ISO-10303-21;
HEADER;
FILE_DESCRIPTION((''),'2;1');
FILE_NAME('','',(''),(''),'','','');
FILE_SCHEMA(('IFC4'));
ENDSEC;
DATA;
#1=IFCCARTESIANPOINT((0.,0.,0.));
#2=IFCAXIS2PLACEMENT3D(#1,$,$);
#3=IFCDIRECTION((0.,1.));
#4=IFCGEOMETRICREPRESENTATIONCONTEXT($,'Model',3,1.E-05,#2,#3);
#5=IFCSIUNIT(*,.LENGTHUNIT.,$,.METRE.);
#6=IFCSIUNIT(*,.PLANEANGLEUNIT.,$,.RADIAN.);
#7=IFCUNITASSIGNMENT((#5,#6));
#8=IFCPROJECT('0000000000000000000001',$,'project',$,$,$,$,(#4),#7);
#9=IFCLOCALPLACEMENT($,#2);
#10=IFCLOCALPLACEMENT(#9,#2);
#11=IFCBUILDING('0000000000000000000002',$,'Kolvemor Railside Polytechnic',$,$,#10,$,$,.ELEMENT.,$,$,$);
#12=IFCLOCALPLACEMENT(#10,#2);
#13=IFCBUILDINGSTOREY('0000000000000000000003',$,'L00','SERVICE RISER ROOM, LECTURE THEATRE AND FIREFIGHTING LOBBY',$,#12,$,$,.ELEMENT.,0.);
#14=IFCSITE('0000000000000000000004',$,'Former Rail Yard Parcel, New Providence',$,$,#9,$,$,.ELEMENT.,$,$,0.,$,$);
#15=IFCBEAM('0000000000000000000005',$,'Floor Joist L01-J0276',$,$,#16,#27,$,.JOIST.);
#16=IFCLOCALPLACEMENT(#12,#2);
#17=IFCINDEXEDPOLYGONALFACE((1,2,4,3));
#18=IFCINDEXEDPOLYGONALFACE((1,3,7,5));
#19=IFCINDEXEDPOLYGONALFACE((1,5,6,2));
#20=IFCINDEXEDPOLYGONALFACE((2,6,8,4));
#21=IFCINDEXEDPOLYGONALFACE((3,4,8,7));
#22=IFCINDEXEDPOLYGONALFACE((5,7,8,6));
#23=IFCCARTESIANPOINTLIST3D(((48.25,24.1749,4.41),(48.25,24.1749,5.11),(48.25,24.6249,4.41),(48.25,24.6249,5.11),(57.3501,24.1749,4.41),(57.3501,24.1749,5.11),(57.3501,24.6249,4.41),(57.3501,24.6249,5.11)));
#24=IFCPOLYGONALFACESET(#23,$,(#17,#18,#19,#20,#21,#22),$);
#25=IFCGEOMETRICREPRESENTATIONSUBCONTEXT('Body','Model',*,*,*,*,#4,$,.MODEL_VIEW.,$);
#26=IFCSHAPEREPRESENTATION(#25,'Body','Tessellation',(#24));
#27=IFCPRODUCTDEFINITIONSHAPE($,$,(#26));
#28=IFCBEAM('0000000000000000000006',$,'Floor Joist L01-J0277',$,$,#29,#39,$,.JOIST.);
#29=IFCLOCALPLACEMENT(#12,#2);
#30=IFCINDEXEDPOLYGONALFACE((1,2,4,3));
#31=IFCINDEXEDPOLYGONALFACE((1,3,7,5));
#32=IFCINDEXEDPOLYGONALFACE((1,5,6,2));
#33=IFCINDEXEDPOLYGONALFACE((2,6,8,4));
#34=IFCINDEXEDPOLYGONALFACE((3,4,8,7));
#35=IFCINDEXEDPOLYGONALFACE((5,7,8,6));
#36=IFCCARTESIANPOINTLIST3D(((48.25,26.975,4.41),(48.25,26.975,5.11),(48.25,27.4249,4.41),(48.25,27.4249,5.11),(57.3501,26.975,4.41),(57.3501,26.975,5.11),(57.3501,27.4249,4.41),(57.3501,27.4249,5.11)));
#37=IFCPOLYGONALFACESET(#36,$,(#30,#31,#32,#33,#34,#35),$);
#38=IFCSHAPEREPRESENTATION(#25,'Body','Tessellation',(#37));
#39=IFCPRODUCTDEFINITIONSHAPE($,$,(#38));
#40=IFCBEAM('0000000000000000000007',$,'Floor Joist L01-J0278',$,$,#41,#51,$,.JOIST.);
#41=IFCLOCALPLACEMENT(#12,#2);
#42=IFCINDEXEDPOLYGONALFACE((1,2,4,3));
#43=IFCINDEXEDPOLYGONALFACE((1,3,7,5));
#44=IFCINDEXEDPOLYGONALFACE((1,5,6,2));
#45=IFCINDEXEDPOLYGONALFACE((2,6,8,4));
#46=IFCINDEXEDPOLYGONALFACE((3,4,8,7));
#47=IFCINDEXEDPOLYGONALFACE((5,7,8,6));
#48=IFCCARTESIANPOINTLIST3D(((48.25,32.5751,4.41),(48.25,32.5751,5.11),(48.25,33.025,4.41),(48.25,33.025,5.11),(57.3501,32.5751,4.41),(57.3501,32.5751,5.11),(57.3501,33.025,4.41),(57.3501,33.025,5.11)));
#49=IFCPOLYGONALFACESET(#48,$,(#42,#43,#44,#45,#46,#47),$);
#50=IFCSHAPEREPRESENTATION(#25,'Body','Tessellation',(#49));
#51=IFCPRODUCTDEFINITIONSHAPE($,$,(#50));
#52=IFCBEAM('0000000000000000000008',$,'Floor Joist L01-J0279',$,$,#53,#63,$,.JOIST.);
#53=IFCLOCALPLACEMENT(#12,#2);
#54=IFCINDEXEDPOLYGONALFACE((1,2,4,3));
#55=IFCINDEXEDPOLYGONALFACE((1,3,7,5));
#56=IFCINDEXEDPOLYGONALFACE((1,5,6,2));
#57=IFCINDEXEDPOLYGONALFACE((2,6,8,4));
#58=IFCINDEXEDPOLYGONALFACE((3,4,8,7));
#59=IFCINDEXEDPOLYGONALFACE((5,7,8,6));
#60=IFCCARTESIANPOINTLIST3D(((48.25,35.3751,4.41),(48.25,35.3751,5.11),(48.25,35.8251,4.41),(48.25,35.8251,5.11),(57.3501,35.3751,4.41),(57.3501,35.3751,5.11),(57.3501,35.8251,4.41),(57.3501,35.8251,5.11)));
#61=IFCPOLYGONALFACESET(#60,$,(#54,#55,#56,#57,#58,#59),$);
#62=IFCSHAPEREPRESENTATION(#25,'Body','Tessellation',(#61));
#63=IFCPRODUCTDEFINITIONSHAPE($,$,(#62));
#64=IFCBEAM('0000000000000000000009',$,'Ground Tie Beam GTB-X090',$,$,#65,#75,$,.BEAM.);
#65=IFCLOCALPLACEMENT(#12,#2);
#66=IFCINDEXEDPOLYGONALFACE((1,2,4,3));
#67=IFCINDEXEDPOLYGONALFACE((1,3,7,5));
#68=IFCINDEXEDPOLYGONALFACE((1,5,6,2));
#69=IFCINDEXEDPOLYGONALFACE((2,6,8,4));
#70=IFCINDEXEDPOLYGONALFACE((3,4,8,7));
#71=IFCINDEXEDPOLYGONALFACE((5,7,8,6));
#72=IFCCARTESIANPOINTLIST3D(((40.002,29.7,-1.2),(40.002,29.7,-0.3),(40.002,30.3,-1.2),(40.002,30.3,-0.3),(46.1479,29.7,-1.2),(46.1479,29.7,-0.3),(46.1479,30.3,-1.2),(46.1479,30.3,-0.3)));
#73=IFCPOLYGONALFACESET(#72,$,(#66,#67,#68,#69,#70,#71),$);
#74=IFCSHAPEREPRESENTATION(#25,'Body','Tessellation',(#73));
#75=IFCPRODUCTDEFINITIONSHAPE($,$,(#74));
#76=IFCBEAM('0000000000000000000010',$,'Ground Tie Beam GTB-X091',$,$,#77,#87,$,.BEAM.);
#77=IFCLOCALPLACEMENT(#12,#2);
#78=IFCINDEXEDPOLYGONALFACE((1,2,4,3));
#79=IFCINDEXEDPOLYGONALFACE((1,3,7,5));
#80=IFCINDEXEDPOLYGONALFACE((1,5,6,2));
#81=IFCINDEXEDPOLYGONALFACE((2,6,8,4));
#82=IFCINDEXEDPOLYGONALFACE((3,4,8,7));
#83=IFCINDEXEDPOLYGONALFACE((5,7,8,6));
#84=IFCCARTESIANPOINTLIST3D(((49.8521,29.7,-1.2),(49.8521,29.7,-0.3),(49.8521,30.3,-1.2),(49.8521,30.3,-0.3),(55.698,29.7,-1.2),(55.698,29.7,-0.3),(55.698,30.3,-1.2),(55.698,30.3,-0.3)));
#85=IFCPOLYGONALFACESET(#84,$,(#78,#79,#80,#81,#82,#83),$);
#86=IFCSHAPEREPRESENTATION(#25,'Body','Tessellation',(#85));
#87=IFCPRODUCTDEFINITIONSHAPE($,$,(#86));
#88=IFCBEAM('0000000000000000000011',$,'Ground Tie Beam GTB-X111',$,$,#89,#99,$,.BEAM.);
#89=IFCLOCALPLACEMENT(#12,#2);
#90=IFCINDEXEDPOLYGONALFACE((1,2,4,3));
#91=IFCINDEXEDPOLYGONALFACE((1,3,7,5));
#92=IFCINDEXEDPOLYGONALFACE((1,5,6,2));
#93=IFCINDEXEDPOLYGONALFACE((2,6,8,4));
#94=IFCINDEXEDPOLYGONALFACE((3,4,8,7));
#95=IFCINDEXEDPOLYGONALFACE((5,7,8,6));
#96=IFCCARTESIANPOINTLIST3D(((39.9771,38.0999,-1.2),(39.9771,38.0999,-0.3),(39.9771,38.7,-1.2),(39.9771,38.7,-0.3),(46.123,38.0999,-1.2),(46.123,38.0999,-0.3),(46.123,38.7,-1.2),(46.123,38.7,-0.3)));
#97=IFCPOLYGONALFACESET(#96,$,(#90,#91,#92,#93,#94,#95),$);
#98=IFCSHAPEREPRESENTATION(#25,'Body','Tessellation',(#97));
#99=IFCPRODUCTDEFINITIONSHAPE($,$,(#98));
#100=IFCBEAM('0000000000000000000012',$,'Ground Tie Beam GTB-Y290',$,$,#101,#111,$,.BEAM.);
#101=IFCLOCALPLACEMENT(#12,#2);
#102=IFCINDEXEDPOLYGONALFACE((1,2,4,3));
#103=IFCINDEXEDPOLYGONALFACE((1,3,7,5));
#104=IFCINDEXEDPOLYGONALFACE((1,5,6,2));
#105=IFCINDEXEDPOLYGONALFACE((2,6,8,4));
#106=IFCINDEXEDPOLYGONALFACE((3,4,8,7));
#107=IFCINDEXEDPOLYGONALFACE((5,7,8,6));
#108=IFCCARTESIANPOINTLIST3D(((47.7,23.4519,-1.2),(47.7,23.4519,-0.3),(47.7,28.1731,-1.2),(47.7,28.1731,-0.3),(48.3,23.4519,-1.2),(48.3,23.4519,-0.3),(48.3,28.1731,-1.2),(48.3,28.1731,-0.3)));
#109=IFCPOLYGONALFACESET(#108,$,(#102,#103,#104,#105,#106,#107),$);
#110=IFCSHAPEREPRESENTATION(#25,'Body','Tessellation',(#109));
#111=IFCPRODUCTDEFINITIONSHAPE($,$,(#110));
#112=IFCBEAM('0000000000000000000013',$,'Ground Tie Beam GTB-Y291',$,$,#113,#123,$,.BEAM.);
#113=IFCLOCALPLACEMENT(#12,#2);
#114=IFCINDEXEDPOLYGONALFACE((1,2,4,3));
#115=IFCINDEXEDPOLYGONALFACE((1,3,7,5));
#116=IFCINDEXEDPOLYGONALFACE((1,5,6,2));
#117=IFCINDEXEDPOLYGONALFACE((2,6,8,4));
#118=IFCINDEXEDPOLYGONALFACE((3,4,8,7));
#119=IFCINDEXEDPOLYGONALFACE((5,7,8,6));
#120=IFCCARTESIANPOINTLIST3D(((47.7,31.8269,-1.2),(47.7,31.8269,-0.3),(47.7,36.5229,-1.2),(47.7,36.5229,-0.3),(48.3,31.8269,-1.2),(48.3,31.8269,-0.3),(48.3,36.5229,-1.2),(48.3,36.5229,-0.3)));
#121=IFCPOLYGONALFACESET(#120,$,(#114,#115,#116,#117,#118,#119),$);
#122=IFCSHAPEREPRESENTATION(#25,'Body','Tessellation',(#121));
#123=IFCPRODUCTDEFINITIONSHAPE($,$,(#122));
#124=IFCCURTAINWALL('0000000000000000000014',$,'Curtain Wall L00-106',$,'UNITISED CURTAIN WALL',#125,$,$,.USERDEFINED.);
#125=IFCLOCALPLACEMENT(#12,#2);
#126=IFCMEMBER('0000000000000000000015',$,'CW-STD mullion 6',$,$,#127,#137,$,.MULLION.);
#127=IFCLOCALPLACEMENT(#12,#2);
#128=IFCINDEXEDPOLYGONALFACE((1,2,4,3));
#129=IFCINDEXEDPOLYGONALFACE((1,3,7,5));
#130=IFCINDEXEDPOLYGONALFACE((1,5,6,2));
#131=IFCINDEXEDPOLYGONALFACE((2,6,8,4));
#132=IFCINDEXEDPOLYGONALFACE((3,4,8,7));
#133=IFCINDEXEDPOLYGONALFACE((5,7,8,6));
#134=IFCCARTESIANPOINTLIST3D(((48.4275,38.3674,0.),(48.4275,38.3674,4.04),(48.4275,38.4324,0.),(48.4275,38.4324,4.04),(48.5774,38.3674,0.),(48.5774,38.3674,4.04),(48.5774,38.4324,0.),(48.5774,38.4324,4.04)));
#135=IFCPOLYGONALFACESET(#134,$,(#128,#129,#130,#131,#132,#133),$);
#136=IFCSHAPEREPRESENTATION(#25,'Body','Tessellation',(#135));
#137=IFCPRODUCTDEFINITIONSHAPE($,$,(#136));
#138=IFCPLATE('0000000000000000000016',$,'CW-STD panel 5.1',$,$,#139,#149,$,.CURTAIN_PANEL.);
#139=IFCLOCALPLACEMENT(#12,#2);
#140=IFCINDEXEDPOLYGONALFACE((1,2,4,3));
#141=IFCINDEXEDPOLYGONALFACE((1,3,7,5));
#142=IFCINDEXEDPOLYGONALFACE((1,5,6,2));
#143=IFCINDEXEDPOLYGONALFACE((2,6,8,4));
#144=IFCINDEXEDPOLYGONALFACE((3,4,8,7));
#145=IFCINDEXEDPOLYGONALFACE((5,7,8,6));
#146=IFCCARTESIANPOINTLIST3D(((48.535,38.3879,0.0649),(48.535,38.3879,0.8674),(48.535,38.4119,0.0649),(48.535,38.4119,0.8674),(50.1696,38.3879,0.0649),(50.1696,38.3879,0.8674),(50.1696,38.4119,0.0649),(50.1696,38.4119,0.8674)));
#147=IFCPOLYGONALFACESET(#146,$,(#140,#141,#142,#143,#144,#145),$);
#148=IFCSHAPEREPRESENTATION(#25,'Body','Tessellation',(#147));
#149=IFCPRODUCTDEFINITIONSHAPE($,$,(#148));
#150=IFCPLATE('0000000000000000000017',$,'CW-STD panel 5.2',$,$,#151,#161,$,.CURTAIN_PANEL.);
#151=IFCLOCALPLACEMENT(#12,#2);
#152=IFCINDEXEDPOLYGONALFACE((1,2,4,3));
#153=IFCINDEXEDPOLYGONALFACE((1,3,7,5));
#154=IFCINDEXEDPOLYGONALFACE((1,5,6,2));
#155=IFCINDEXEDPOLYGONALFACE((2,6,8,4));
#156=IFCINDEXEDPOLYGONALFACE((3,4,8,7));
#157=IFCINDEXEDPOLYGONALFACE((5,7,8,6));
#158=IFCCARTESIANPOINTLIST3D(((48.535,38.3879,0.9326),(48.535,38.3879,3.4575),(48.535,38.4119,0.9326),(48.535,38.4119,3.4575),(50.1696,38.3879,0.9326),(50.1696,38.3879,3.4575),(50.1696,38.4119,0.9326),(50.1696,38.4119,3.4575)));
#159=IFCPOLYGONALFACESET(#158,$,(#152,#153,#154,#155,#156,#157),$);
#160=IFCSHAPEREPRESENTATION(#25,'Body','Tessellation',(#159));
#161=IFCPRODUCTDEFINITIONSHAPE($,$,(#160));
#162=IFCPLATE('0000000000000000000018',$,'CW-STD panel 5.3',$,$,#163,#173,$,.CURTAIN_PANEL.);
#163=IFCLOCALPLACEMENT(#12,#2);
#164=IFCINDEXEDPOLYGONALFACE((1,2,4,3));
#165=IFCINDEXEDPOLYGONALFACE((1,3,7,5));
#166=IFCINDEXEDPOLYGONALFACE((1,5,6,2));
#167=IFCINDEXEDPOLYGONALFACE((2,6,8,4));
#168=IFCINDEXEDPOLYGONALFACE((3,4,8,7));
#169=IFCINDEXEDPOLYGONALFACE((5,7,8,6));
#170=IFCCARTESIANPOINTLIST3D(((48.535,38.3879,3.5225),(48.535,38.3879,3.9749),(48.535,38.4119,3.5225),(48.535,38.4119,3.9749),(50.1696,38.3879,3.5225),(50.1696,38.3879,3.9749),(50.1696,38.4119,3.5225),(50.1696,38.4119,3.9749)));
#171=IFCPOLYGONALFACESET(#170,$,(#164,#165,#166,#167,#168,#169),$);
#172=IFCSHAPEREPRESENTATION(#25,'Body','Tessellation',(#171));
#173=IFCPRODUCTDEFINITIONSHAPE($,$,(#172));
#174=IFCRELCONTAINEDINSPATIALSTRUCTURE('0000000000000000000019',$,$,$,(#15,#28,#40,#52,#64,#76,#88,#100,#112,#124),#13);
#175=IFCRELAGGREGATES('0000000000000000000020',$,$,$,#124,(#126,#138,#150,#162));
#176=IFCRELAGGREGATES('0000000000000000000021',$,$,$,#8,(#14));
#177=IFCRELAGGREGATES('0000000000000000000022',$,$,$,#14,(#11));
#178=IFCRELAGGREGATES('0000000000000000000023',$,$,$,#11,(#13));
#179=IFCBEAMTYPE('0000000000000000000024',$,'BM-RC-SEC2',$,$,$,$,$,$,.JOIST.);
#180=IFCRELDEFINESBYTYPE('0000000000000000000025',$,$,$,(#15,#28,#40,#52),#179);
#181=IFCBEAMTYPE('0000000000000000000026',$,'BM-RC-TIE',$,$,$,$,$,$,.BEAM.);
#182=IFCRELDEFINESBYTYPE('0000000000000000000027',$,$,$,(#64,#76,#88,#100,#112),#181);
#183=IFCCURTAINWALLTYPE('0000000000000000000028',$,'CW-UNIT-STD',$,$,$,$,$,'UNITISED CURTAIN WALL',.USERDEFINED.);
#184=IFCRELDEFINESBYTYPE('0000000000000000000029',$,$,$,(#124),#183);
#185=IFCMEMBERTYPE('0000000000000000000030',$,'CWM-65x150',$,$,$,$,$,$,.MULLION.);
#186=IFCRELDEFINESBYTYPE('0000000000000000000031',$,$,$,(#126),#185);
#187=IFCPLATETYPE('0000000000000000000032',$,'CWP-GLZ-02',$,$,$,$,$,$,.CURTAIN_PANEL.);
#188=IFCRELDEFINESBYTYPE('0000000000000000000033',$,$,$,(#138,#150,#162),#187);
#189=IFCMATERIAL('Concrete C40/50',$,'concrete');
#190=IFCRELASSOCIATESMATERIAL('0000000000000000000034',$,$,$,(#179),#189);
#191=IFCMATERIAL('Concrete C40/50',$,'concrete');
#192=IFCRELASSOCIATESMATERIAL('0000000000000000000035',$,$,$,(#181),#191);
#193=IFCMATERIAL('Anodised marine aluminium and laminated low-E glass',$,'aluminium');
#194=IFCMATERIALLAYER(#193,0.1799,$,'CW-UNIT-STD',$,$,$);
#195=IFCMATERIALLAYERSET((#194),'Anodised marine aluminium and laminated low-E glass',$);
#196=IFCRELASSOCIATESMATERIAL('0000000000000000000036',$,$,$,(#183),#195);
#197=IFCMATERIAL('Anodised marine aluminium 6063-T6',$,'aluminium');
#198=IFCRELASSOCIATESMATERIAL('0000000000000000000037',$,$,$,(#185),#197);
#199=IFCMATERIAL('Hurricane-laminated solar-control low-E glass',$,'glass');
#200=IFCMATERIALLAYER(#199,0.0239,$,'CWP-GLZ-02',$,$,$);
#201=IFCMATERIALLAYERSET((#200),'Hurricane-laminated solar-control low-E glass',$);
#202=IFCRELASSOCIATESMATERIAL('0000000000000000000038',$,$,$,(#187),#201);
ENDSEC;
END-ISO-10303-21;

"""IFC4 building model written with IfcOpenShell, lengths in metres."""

from ifc_helpers import new_model, si_unit, direction, frame, origin, origin_2d, place, context, subcontext, project, spatial, rectangle, extrude, material, layer, layer_set, material_profile, profile_set, type_object, element, aggregate, save


model = new_model("IFC4")

# Units and contexts
model_context = context("Model", 3, precision=1e-05, world=origin(), true_north=direction((0.0, 1.0)))
body_context = subcontext(model_context, "Body", "Model", "MODEL_VIEW")
ifc_project = project(units=[si_unit("LENGTHUNIT", "METRE"), si_unit("PLANEANGLEUNIT", "RADIAN")], contexts=[model_context])

# Site, building, storey
site_placement = place(None, origin())
site = spatial("IfcSite", under=ifc_project, at=site_placement, Name="Former Rail Yard Parcel, New Providence", CompositionType="ELEMENT", RefElevation=0.0)
building_placement = place(site_placement, origin())
building = spatial("IfcBuilding", under=site, at=building_placement, Name="Kolvemor Railside Polytechnic", CompositionType="ELEMENT")
storey_placement = place(building_placement, origin())
storey = spatial("IfcBuildingStorey", under=building, at=storey_placement, Name="L00", Description="SERVICE RISER ROOM, LECTURE THEATRE AND FIREFIGHTING LOBBY", CompositionType="ELEMENT", Elevation=0.0)

# Beams
ifc_material_1 = material(Name="Concrete C40/50", Category="concrete")
ifc_material_profile_1 = material_profile(ifc_material_1, rectangle(XDim=0.45, YDim=0.7, at=origin_2d()), Name="RC450x700")
ifc_profile_set_1 = profile_set([ifc_material_profile_1], Name="Concrete C40/50")
beam_type_1 = type_object("IfcBeamType", Name="BM-RC-SEC2", PredefinedType="JOIST", material=ifc_profile_set_1)
for number, where, z_axis, x_axis, name in (
    (1, (48.25, 24.3999, 4.76), (1.0, 0.0, 0.0), (0.0, 1.0, 0.0), "Floor Joist L01-J0276"),
    (2, (48.25, 27.2, 4.76), (1.0, 0.0, 0.0), (0.0, 1.0, 0.0), "Floor Joist L01-J0277"),
    (3, (48.25, 32.8, 4.76), (1.0, 0.0, 0.0), (0.0, 1.0, 0.0), "Floor Joist L01-J0278"),
    (4, (48.25, 35.6001, 4.76), (1.0, 0.0, 0.0), (0.0, 1.0, 0.0), "Floor Joist L01-J0279"),
):
    element("IfcBeam", number, at=place(storey_placement, frame(where, z_axis=z_axis, x_axis=x_axis)), inside=storey, type_object=beam_type_1, Name=name, PredefinedType="JOIST", context=body_context, shape_type="SweptSolid", body=[
        extrude(rectangle(XDim=0.45, YDim=0.7, at=origin_2d()), origin(), (0.0, 0.0, 1.0), 9.1001),
    ])
ifc_material_2 = material(Name="Concrete C40/50", Category="concrete")
ifc_material_profile_2 = material_profile(ifc_material_2, rectangle(XDim=0.6001, YDim=0.8999, at=origin_2d()), Name="RC600x900")
ifc_profile_set_2 = profile_set([ifc_material_profile_2], Name="Concrete C40/50")
beam_type_2 = type_object("IfcBeamType", Name="BM-RC-TIE", PredefinedType="BEAM", material=ifc_profile_set_2)
beam_1_placement = place(storey_placement, frame((40.002, 30.0, -0.75), z_axis=(1.0, 0.0, 0.0), x_axis=(0.0, 1.0, 0.0)))
element("IfcBeam", 5, at=beam_1_placement, inside=storey, type_object=beam_type_2, Name="Ground Tie Beam GTB-X090", PredefinedType="BEAM", context=body_context, shape_type="SweptSolid", body=[
    extrude(rectangle(XDim=0.6001, YDim=0.8999, at=origin_2d()), origin(), (0.0, 0.0, 1.0), 6.146),
])
beam_2_placement = place(storey_placement, frame((49.8521, 30.0, -0.75), z_axis=(1.0, 0.0, 0.0), x_axis=(0.0, 1.0, 0.0)))
element("IfcBeam", 6, at=beam_2_placement, inside=storey, type_object=beam_type_2, Name="Ground Tie Beam GTB-X091", PredefinedType="BEAM", context=body_context, shape_type="SweptSolid", body=[
    extrude(rectangle(XDim=0.6001, YDim=0.8999, at=origin_2d()), origin(), (0.0, 0.0, 1.0), 5.8459),
])
beam_3_placement = place(storey_placement, frame((39.9771, 38.3999, -0.75), z_axis=(1.0, 0.0, 0.0), x_axis=(0.0, 1.0, 0.0)))
element("IfcBeam", 7, at=beam_3_placement, inside=storey, type_object=beam_type_2, Name="Ground Tie Beam GTB-X111", PredefinedType="BEAM", context=body_context, shape_type="SweptSolid", body=[
    extrude(rectangle(XDim=0.6001, YDim=0.8999, at=origin_2d()), origin(), (0.0, 0.0, 1.0), 6.146),
])
beam_4_placement = place(storey_placement, frame((48.0, 23.4519, -0.75), z_axis=(0.0, 1.0, 0.0), x_axis=(-1.0, 0.0, 0.0)))
element("IfcBeam", 8, at=beam_4_placement, inside=storey, type_object=beam_type_2, Name="Ground Tie Beam GTB-Y290", PredefinedType="BEAM", context=body_context, shape_type="SweptSolid", body=[
    extrude(rectangle(XDim=0.6001, YDim=0.8999, at=origin_2d()), origin(), (0.0, 0.0, 1.0), 4.7212),
])
beam_5_placement = place(storey_placement, frame((48.0, 31.8269, -0.75), z_axis=(0.0, 1.0, 0.0), x_axis=(-1.0, 0.0, 0.0)))
element("IfcBeam", 9, at=beam_5_placement, inside=storey, type_object=beam_type_2, Name="Ground Tie Beam GTB-Y291", PredefinedType="BEAM", context=body_context, shape_type="SweptSolid", body=[
    extrude(rectangle(XDim=0.6001, YDim=0.8999, at=origin_2d()), origin(), (0.0, 0.0, 1.0), 4.696),
])

# Curtain wall, member, plates
ifc_material_3 = material(Name="Anodised marine aluminium and laminated low-E glass", Category="aluminium")
ifc_layer_1 = layer(ifc_material_3, 0.1799, Name="CW-UNIT-STD")
ifc_layer_set_1 = layer_set([ifc_layer_1], Name="Anodised marine aluminium and laminated low-E glass")
curtain_wall_type = type_object("IfcCurtainWallType", Name="CW-UNIT-STD", ElementType="UNITISED CURTAIN WALL", PredefinedType="USERDEFINED", material=ifc_layer_set_1)
curtain_wall_placement = place(storey_placement, origin())
curtain_wall = element("IfcCurtainWall", 10, at=curtain_wall_placement, inside=storey, type_object=curtain_wall_type, Name="Curtain Wall L00-106", ObjectType="UNITISED CURTAIN WALL", PredefinedType="USERDEFINED")
ifc_material_4 = material(Name="Anodised marine aluminium 6063-T6", Category="aluminium")
ifc_material_profile_3 = material_profile(ifc_material_4, rectangle(XDim=0.0649, YDim=0.1499, at=origin_2d()), Name="CW-MUL-65x150")
ifc_profile_set_3 = profile_set([ifc_material_profile_3], Name="Anodised marine aluminium 6063-T6")
member_type = type_object("IfcMemberType", Name="CWM-65x150", PredefinedType="MULLION", material=ifc_profile_set_3)
member_placement = place(storey_placement, frame((48.5024, 38.3999, 0.0), z_axis=(0.0, 0.0, 1.0), x_axis=(0.0, -1.0, 0.0)))
member = element("IfcMember", 11, at=member_placement, type_object=member_type, Name="CW-STD mullion 6", PredefinedType="MULLION", context=body_context, shape_type="SweptSolid", body=[
    extrude(rectangle(XDim=0.0649, YDim=0.1499, at=origin_2d()), origin(), (0.0, 0.0, 1.0), 4.04),
])
ifc_material_5 = material(Name="Hurricane-laminated solar-control low-E glass", Category="glass")
ifc_layer_2 = layer(ifc_material_5, 0.0239, Name="CWP-GLZ-02")
ifc_layer_set_2 = layer_set([ifc_layer_2], Name="Hurricane-laminated solar-control low-E glass")
plate_type = type_object("IfcPlateType", Name="CWP-GLZ-02", PredefinedType="CURTAIN_PANEL", material=ifc_layer_set_2)
plate_1_placement = place(storey_placement, frame((49.3523, 38.3999, 0.0649), z_axis=(0.0, 0.0, 1.0), x_axis=(-1.0, 0.0, 0.0)))
plate_1 = element("IfcPlate", 12, at=plate_1_placement, type_object=plate_type, Name="CW-STD panel 5.1", PredefinedType="CURTAIN_PANEL", context=body_context, shape_type="SweptSolid", body=[
    extrude(rectangle(XDim=1.6345, YDim=0.0239, at=origin_2d()), origin(), (0.0, 0.0, 1.0), 0.8025),
])
plate_2_placement = place(storey_placement, frame((49.3523, 38.3999, 0.9326), z_axis=(0.0, 0.0, 1.0), x_axis=(-1.0, 0.0, 0.0)))
plate_2 = element("IfcPlate", 13, at=plate_2_placement, type_object=plate_type, Name="CW-STD panel 5.2", PredefinedType="CURTAIN_PANEL", context=body_context, shape_type="SweptSolid", body=[
    extrude(rectangle(XDim=1.6345, YDim=0.0239, at=origin_2d()), origin(), (0.0, 0.0, 1.0), 2.5249),
])
plate_3_placement = place(storey_placement, frame((49.3523, 38.3999, 3.5225), z_axis=(0.0, 0.0, 1.0), x_axis=(-1.0, 0.0, 0.0)))
plate_3 = element("IfcPlate", 14, at=plate_3_placement, type_object=plate_type, Name="CW-STD panel 5.3", PredefinedType="CURTAIN_PANEL", context=body_context, shape_type="SweptSolid", body=[
    extrude(rectangle(XDim=1.6345, YDim=0.0239, at=origin_2d()), origin(), (0.0, 0.0, 1.0), 0.4524),
])
aggregate(curtain_wall, [member, plate_1, plate_2, plate_3])

save(model, "model.ifc")
